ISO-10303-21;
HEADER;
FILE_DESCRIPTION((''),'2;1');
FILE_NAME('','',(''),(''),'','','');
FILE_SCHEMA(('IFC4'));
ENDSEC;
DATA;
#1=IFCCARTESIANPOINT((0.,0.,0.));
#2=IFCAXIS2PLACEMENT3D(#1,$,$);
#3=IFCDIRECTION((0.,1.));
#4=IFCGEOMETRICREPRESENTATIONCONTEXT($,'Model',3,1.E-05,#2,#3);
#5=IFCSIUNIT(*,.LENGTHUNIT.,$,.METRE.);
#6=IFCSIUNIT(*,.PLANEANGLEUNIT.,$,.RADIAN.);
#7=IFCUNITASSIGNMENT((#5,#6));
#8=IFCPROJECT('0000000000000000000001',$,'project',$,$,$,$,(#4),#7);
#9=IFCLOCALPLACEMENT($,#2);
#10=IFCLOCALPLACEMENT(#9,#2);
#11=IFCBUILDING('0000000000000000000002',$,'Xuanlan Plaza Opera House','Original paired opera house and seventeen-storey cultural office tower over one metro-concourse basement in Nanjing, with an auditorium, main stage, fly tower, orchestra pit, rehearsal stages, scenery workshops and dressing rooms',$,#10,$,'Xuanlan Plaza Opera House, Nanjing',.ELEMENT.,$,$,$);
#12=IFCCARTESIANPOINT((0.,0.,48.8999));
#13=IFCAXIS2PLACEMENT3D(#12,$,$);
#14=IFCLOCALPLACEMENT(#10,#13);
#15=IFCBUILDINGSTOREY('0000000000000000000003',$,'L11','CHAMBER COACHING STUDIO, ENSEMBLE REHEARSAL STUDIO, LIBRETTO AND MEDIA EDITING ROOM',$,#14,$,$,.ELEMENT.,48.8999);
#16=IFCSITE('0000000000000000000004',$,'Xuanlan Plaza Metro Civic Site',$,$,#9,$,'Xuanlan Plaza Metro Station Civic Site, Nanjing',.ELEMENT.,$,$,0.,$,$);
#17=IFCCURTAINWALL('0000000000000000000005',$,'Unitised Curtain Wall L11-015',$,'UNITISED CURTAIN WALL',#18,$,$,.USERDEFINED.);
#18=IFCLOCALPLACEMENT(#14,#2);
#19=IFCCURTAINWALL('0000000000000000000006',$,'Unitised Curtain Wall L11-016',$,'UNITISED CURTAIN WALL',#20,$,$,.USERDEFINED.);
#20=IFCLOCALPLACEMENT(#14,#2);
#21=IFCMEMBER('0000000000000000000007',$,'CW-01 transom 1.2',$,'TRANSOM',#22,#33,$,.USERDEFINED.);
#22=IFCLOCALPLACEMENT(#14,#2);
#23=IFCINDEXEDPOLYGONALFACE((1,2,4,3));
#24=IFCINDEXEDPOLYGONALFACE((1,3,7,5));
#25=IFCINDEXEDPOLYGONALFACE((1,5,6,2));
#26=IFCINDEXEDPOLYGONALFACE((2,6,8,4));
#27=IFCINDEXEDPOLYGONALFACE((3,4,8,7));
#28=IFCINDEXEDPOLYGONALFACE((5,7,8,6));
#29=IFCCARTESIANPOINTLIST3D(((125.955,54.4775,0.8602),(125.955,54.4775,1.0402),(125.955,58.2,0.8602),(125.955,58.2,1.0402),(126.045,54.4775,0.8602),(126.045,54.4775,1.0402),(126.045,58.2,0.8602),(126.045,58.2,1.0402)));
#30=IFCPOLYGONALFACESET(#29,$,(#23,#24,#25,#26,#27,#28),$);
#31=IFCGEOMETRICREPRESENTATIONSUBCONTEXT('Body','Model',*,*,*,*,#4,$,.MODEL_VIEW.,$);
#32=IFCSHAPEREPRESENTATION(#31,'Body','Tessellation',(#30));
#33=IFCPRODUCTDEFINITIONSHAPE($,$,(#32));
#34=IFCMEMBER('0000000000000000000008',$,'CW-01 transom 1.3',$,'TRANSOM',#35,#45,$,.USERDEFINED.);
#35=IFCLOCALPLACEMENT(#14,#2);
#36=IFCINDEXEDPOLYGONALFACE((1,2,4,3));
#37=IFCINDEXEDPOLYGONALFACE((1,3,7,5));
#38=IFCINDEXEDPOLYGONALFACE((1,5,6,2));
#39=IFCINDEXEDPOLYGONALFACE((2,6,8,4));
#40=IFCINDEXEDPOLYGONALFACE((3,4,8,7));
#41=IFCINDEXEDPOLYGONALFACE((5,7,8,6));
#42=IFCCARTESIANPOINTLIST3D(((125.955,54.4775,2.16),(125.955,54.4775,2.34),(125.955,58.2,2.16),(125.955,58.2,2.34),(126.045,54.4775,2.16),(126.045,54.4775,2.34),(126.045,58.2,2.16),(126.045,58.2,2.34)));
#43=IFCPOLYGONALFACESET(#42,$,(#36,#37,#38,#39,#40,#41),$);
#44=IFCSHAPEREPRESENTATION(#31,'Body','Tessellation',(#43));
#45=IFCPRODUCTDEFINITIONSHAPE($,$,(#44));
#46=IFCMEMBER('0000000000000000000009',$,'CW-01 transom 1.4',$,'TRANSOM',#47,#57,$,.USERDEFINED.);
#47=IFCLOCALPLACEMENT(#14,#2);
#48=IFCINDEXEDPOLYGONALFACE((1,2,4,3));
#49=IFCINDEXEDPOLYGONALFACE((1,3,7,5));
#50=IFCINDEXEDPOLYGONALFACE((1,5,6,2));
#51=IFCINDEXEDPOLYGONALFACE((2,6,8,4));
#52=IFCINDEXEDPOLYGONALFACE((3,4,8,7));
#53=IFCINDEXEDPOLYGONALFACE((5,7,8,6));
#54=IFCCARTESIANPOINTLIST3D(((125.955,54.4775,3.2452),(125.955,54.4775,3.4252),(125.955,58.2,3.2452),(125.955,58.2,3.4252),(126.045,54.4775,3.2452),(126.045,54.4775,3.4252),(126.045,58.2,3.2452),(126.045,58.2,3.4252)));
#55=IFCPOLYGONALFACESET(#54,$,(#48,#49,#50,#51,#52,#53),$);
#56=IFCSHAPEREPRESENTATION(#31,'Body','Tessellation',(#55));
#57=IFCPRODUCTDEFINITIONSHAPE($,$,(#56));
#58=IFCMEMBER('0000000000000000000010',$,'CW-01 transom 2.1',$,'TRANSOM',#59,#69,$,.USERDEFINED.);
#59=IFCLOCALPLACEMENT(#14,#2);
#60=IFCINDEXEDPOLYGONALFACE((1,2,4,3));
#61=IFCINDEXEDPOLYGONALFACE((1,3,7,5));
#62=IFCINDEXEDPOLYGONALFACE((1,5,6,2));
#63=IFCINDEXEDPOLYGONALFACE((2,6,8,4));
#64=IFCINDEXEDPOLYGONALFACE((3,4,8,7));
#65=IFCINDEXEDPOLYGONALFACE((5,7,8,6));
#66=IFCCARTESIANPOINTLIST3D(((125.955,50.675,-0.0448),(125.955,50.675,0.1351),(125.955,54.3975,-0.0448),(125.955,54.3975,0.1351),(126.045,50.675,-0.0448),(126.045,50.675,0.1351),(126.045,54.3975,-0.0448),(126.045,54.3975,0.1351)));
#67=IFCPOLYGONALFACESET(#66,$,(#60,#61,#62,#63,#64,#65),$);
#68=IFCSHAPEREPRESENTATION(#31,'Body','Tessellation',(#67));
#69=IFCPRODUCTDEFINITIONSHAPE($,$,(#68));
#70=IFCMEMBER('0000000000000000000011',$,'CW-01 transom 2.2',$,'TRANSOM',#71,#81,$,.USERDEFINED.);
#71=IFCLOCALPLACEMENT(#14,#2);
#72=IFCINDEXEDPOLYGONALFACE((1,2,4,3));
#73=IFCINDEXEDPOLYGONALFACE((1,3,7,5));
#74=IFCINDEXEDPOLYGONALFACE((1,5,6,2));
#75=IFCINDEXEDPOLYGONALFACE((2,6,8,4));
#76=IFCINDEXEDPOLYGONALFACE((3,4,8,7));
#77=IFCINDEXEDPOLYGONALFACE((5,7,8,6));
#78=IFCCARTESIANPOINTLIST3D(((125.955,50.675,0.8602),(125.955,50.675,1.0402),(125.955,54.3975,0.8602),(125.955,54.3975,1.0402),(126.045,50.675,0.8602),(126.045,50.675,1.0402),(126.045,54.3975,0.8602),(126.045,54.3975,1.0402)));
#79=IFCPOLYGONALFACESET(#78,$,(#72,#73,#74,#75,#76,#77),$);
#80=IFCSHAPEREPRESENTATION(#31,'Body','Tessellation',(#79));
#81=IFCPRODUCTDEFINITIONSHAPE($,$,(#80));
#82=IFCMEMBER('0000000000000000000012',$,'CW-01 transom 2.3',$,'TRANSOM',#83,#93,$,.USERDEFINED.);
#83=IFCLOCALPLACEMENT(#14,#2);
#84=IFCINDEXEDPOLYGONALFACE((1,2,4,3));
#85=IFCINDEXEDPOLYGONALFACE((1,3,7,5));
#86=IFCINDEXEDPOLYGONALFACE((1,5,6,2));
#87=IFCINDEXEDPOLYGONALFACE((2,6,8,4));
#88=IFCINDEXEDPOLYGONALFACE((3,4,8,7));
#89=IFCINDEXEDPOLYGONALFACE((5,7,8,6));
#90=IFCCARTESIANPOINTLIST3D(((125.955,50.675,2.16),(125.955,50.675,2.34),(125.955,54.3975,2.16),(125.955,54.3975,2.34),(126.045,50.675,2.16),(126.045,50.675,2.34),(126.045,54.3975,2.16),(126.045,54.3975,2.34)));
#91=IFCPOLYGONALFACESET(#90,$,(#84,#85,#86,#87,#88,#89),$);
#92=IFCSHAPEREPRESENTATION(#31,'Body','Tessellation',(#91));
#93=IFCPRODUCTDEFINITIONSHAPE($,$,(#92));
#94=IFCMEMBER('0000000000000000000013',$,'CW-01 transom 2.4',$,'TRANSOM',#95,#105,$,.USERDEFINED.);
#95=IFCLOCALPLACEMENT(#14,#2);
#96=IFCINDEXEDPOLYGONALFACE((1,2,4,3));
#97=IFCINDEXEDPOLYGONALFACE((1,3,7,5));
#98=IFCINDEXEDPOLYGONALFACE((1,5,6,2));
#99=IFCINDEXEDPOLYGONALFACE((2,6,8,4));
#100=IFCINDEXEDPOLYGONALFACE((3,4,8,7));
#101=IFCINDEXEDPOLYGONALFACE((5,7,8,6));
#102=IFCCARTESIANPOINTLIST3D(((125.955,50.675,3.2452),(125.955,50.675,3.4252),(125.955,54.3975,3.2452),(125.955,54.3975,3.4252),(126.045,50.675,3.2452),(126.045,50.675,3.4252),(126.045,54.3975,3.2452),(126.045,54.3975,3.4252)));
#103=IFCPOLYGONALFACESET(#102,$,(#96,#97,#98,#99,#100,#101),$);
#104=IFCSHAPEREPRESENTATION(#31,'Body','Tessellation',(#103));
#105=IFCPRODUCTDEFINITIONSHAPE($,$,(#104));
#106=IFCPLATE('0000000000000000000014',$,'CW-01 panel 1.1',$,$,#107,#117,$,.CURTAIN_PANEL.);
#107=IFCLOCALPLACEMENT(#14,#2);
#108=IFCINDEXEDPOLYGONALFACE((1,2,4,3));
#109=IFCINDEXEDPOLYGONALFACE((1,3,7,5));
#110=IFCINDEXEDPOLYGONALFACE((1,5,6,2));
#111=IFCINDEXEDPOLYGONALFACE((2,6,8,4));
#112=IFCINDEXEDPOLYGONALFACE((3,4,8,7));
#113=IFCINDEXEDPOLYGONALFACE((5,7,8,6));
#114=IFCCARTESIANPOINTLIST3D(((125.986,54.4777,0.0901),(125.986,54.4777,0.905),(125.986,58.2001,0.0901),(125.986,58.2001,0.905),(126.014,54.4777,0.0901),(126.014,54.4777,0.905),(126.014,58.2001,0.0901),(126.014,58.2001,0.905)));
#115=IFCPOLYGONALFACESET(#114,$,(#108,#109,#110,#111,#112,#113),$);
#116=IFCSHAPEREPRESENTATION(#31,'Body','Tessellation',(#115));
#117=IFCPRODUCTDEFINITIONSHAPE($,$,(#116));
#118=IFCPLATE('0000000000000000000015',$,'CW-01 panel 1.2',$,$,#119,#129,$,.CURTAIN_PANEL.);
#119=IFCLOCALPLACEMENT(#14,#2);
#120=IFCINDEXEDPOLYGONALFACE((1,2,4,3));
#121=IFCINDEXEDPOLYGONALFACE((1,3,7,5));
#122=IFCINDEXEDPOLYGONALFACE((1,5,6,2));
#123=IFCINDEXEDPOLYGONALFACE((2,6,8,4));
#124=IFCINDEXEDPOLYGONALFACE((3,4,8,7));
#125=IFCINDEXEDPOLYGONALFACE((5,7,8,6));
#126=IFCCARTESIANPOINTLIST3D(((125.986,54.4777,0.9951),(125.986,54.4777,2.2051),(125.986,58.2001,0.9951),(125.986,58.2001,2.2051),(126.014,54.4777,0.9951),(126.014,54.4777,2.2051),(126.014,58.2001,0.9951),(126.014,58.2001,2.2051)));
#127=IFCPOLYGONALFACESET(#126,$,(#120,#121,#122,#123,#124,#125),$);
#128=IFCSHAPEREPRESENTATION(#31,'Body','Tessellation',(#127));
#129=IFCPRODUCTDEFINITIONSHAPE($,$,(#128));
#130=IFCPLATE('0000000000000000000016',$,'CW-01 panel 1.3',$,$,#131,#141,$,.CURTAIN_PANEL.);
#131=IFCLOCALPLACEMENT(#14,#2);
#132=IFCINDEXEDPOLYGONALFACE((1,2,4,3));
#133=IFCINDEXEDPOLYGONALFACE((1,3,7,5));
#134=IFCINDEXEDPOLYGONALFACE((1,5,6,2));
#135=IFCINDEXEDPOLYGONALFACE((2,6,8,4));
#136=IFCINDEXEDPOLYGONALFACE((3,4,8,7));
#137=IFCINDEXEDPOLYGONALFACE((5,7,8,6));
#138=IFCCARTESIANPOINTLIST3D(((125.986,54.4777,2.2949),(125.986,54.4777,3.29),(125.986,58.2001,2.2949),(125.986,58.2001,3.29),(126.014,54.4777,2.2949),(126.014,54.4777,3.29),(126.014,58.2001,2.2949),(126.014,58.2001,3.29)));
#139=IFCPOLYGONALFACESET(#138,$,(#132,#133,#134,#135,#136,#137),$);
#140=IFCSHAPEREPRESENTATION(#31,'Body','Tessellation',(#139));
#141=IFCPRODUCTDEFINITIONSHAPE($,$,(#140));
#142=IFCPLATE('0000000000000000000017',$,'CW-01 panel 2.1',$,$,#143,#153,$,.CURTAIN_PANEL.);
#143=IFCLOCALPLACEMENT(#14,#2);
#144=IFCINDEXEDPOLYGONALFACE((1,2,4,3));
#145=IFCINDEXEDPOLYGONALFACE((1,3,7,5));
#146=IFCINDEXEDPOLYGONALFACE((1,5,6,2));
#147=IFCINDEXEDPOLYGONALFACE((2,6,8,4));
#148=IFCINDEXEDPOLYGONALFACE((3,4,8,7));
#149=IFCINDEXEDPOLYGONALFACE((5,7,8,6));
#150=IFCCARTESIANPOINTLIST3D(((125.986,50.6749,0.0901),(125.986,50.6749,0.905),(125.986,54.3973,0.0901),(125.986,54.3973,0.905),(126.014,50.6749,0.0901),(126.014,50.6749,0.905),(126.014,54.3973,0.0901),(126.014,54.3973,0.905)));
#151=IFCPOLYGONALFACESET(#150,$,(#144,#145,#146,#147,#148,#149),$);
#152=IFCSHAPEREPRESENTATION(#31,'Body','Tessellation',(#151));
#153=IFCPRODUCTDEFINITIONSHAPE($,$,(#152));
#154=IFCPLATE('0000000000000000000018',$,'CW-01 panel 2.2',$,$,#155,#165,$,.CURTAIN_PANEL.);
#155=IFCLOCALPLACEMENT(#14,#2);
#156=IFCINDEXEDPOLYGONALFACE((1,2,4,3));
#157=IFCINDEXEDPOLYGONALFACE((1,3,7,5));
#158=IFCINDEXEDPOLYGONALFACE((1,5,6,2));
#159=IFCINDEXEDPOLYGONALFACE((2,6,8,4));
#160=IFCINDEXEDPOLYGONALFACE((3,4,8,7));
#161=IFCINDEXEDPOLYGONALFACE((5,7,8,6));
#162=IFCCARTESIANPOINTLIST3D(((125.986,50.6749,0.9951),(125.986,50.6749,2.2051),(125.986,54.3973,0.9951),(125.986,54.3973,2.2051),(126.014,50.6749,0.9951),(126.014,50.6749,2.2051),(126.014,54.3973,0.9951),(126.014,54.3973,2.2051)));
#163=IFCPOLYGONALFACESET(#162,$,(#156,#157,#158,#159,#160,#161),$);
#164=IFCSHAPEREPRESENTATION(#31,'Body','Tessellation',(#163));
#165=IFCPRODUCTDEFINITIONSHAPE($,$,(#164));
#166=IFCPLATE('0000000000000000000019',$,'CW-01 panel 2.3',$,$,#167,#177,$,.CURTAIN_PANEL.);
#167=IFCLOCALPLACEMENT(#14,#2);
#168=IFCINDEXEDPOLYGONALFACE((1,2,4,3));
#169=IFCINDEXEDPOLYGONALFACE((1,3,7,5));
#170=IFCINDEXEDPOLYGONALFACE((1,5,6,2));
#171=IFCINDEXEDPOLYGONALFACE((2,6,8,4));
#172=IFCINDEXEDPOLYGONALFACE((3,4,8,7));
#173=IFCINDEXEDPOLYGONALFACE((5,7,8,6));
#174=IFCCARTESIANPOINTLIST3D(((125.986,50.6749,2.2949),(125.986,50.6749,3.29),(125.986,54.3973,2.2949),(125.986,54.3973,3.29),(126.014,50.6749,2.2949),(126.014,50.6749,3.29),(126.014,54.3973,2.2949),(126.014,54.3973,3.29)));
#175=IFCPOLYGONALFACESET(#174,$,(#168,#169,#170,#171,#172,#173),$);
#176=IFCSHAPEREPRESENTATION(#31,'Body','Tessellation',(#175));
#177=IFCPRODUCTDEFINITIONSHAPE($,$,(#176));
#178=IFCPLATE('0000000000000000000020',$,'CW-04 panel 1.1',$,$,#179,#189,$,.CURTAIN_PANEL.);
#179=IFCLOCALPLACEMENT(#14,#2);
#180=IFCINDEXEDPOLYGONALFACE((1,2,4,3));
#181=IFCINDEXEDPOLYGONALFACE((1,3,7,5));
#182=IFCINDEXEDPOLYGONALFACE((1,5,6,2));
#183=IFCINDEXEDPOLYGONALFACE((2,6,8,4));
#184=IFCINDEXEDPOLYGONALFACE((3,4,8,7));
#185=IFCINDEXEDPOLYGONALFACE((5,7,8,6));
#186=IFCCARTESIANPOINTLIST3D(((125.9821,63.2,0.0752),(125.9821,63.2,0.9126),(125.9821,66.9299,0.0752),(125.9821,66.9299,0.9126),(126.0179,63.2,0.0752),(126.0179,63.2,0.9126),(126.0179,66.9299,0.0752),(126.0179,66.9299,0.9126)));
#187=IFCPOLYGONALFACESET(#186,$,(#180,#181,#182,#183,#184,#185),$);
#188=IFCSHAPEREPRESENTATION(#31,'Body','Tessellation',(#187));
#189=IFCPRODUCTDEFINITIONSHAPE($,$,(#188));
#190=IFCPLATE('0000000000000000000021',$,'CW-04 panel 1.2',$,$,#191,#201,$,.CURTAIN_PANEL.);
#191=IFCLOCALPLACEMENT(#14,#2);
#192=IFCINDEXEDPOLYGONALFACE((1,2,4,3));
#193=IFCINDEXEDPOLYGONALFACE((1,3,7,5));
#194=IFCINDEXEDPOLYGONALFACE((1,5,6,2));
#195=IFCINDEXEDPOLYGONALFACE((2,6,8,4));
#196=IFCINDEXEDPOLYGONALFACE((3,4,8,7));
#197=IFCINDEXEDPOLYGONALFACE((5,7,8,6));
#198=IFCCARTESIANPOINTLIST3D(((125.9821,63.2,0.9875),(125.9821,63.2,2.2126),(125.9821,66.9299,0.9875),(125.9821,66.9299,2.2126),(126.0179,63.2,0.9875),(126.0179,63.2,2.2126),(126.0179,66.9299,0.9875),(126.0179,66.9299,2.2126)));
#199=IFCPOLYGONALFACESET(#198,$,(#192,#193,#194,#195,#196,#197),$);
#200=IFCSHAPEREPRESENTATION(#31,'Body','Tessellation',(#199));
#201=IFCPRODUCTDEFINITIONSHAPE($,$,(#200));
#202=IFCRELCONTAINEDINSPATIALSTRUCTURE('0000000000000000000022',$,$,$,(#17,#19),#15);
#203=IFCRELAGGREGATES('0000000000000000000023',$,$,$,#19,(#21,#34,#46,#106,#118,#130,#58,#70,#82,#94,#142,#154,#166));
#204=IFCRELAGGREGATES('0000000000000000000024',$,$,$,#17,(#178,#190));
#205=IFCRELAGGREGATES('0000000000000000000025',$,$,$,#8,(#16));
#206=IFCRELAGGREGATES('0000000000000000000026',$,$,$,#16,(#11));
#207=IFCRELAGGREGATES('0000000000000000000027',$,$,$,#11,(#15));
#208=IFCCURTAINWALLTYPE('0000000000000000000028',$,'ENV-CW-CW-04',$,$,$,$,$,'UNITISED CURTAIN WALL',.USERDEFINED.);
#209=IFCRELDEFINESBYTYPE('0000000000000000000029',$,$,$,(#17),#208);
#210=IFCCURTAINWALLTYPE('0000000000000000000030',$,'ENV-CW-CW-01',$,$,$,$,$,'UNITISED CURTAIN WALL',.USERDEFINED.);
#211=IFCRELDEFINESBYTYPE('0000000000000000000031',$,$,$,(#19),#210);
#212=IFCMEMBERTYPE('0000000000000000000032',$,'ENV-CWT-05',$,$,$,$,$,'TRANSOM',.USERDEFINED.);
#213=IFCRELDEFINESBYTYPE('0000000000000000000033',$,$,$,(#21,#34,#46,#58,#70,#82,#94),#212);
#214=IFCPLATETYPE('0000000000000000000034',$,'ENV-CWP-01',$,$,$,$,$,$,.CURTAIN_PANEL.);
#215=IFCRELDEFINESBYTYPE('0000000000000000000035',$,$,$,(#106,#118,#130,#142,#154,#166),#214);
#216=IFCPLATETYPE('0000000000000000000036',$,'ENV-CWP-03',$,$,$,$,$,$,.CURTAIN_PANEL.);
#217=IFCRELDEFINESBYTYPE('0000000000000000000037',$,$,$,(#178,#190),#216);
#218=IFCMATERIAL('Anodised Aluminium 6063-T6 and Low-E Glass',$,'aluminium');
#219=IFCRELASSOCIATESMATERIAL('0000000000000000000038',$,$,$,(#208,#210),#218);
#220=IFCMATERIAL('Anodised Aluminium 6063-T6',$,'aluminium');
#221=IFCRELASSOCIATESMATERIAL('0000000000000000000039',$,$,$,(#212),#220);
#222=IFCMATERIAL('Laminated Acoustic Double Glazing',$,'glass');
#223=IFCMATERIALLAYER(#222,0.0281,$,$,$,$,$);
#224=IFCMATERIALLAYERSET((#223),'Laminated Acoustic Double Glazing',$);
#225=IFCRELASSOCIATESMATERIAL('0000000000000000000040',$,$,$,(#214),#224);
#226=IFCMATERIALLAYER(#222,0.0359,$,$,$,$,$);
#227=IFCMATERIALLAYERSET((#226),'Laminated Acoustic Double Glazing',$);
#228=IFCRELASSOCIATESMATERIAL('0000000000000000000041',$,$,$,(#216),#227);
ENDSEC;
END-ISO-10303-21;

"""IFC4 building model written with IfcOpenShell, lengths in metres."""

from ifc_helpers import new_model, si_unit, direction, frame, origin, origin_2d, place, context, subcontext, project, spatial, rectangle, extrude, material, layer, layer_set, material_profile, profile_set, type_object, element, aggregate, save


model = new_model("IFC4")

# Units and contexts
model_context = context("Model", 3, precision=1e-05, world=origin(), true_north=direction((0.0, 1.0)))
body_context = subcontext(model_context, "Body", "Model", "MODEL_VIEW")
ifc_project = project(units=[si_unit("LENGTHUNIT", "METRE"), si_unit("PLANEANGLEUNIT", "RADIAN")], contexts=[model_context])

# Site, building, storey
site_placement = place(None, origin())
site = spatial("IfcSite", under=ifc_project, at=site_placement, Name="Xuanlan Plaza Metro Civic Site", LongName="Xuanlan Plaza Metro Station Civic Site, Nanjing", CompositionType="ELEMENT", RefElevation=0.0)
building_placement = place(site_placement, origin())
building = spatial("IfcBuilding", under=site, at=building_placement, Name="Xuanlan Plaza Opera House", Description="Original paired opera house and seventeen-storey cultural office tower over one metro-concourse basement in Nanjing, with an auditorium, main stage, fly tower, orchestra pit, rehearsal stages, scenery workshops and dressing rooms", LongName="Xuanlan Plaza Opera House, Nanjing", CompositionType="ELEMENT")
storey_placement = place(building_placement, frame((0.0, 0.0, 48.8999)))
storey = spatial("IfcBuildingStorey", under=building, at=storey_placement, Name="L11", Description="CHAMBER COACHING STUDIO, ENSEMBLE REHEARSAL STUDIO, LIBRETTO AND MEDIA EDITING ROOM", CompositionType="ELEMENT", Elevation=48.8999)

# Curtain walls
ifc_material_1 = material(Name="Anodised Aluminium 6063-T6 and Low-E Glass", Category="aluminium")
curtain_wall_type_1 = type_object("IfcCurtainWallType", Name="ENV-CW-CW-04", ElementType="UNITISED CURTAIN WALL", PredefinedType="USERDEFINED", material=ifc_material_1)
curtain_wall_1_placement = place(storey_placement, origin())
curtain_wall_1 = element("IfcCurtainWall", 1, at=curtain_wall_1_placement, inside=storey, type_object=curtain_wall_type_1, Name="Unitised Curtain Wall L11-015", ObjectType="UNITISED CURTAIN WALL", PredefinedType="USERDEFINED")
ifc_material_2 = material(Name="Anodised Aluminium 6063-T6", Category="aluminium")
curtain_wall_type_2 = type_object("IfcCurtainWallType", Name="ENV-CW-CW-01", ElementType="UNITISED CURTAIN WALL", PredefinedType="USERDEFINED", material=ifc_material_1)
curtain_wall_2_placement = place(storey_placement, origin())
curtain_wall_2 = element("IfcCurtainWall", 2, at=curtain_wall_2_placement, inside=storey, type_object=curtain_wall_type_2, Name="Unitised Curtain Wall L11-016", ObjectType="UNITISED CURTAIN WALL", PredefinedType="USERDEFINED")

# Members
ifc_material_profile_1 = material_profile(ifc_material_2, rectangle(XDim=0.0901, YDim=0.1799, at=origin_2d()), Name="ALU-T 90x180")
ifc_profile_set_1 = profile_set([ifc_material_profile_1], Name="Anodised Aluminium 6063-T6")
member_type_1 = type_object("IfcMemberType", Name="ENV-CWT-05", ElementType="TRANSOM", PredefinedType="USERDEFINED", material=ifc_profile_set_1)
member_1_placement = place(storey_placement, frame((126.0, 58.2, 0.9502), z_axis=(0.0, -1.0, 0.0), x_axis=(1.0, 0.0, 0.0)))
member_1 = element("IfcMember", 3, at=member_1_placement, type_object=member_type_1, Name="CW-01 transom 1.2", ObjectType="TRANSOM", PredefinedType="USERDEFINED", context=body_context, shape_type="SweptSolid", body=[
    extrude(rectangle(XDim=0.0901, YDim=0.1799, at=origin_2d()), origin(), (0.0, 0.0, 1.0), 3.7224),
])
member_2_placement = place(storey_placement, frame((126.0, 58.2, 2.25), z_axis=(0.0, -1.0, 0.0), x_axis=(1.0, 0.0, 0.0)))
member_2 = element("IfcMember", 4, at=member_2_placement, type_object=member_type_1, Name="CW-01 transom 1.3", ObjectType="TRANSOM", PredefinedType="USERDEFINED", context=body_context, shape_type="SweptSolid", body=[
    extrude(rectangle(XDim=0.0901, YDim=0.1799, at=origin_2d()), origin(), (0.0, 0.0, 1.0), 3.7224),
])
member_3_placement = place(storey_placement, frame((126.0, 58.2, 3.3352), z_axis=(0.0, -1.0, 0.0), x_axis=(1.0, 0.0, 0.0)))
member_3 = element("IfcMember", 5, at=member_3_placement, type_object=member_type_1, Name="CW-01 transom 1.4", ObjectType="TRANSOM", PredefinedType="USERDEFINED", context=body_context, shape_type="SweptSolid", body=[
    extrude(rectangle(XDim=0.0901, YDim=0.1799, at=origin_2d()), origin(), (0.0, 0.0, 1.0), 3.7224),
])
member_4_placement = place(storey_placement, frame((126.0, 54.3975, 0.0452), z_axis=(0.0, -1.0, 0.0), x_axis=(1.0, 0.0, 0.0)))
member_4 = element("IfcMember", 6, at=member_4_placement, type_object=member_type_1, Name="CW-01 transom 2.1", ObjectType="TRANSOM", PredefinedType="USERDEFINED", context=body_context, shape_type="SweptSolid", body=[
    extrude(rectangle(XDim=0.0901, YDim=0.1799, at=origin_2d()), origin(), (0.0, 0.0, 1.0), 3.7224),
])
member_5_placement = place(storey_placement, frame((126.0, 54.3975, 0.9502), z_axis=(0.0, -1.0, 0.0), x_axis=(1.0, 0.0, 0.0)))
member_5 = element("IfcMember", 7, at=member_5_placement, type_object=member_type_1, Name="CW-01 transom 2.2", ObjectType="TRANSOM", PredefinedType="USERDEFINED", context=body_context, shape_type="SweptSolid", body=[
    extrude(rectangle(XDim=0.0901, YDim=0.1799, at=origin_2d()), origin(), (0.0, 0.0, 1.0), 3.7224),
])
member_6_placement = place(storey_placement, frame((126.0, 54.3975, 2.25), z_axis=(0.0, -1.0, 0.0), x_axis=(1.0, 0.0, 0.0)))
member_6 = element("IfcMember", 8, at=member_6_placement, type_object=member_type_1, Name="CW-01 transom 2.3", ObjectType="TRANSOM", PredefinedType="USERDEFINED", context=body_context, shape_type="SweptSolid", body=[
    extrude(rectangle(XDim=0.0901, YDim=0.1799, at=origin_2d()), origin(), (0.0, 0.0, 1.0), 3.7224),
])
member_7_placement = place(storey_placement, frame((126.0, 54.3975, 3.3352), z_axis=(0.0, -1.0, 0.0), x_axis=(1.0, 0.0, 0.0)))
member_7 = element("IfcMember", 9, at=member_7_placement, type_object=member_type_1, Name="CW-01 transom 2.4", ObjectType="TRANSOM", PredefinedType="USERDEFINED", context=body_context, shape_type="SweptSolid", body=[
    extrude(rectangle(XDim=0.0901, YDim=0.1799, at=origin_2d()), origin(), (0.0, 0.0, 1.0), 3.7224),
])

# Plates
ifc_material_3 = material(Name="Laminated Acoustic Double Glazing", Category="glass")
ifc_layer_1 = layer(ifc_material_3, 0.0281)
ifc_layer_set_1 = layer_set([ifc_layer_1], Name="Laminated Acoustic Double Glazing")
plate_type_1 = type_object("IfcPlateType", Name="ENV-CWP-01", PredefinedType="CURTAIN_PANEL", material=ifc_layer_set_1)
plate_1_placement = place(storey_placement, frame((126.0, 56.3389, 0.0901), z_axis=(0.0, 0.0, 1.0), x_axis=(0.0, -1.0, 0.0)))
plate_1 = element("IfcPlate", 10, at=plate_1_placement, type_object=plate_type_1, Name="CW-01 panel 1.1", PredefinedType="CURTAIN_PANEL", context=body_context, shape_type="SweptSolid", body=[
    extrude(rectangle(XDim=3.7224, YDim=0.0281, at=origin_2d()), origin(), (0.0, 0.0, 1.0), 0.8149),
])
plate_2_placement = place(storey_placement, frame((126.0, 56.3389, 0.9951), z_axis=(0.0, 0.0, 1.0), x_axis=(0.0, -1.0, 0.0)))
plate_2 = element("IfcPlate", 11, at=plate_2_placement, type_object=plate_type_1, Name="CW-01 panel 1.2", PredefinedType="CURTAIN_PANEL", context=body_context, shape_type="SweptSolid", body=[
    extrude(rectangle(XDim=3.7224, YDim=0.0281, at=origin_2d()), origin(), (0.0, 0.0, 1.0), 1.21),
])
plate_3_placement = place(storey_placement, frame((126.0, 56.3389, 2.2949), z_axis=(0.0, 0.0, 1.0), x_axis=(0.0, -1.0, 0.0)))
plate_3 = element("IfcPlate", 12, at=plate_3_placement, type_object=plate_type_1, Name="CW-01 panel 1.3", PredefinedType="CURTAIN_PANEL", context=body_context, shape_type="SweptSolid", body=[
    extrude(rectangle(XDim=3.7224, YDim=0.0281, at=origin_2d()), origin(), (0.0, 0.0, 1.0), 0.9951),
])
plate_4_placement = place(storey_placement, frame((126.0, 52.5361, 0.0901), z_axis=(0.0, 0.0, 1.0), x_axis=(0.0, -1.0, 0.0)))
plate_4 = element("IfcPlate", 13, at=plate_4_placement, type_object=plate_type_1, Name="CW-01 panel 2.1", PredefinedType="CURTAIN_PANEL", context=body_context, shape_type="SweptSolid", body=[
    extrude(rectangle(XDim=3.7224, YDim=0.0281, at=origin_2d()), origin(), (0.0, 0.0, 1.0), 0.8149),
])
plate_5_placement = place(storey_placement, frame((126.0, 52.5361, 0.9951), z_axis=(0.0, 0.0, 1.0), x_axis=(0.0, -1.0, 0.0)))
plate_5 = element("IfcPlate", 14, at=plate_5_placement, type_object=plate_type_1, Name="CW-01 panel 2.2", PredefinedType="CURTAIN_PANEL", context=body_context, shape_type="SweptSolid", body=[
    extrude(rectangle(XDim=3.7224, YDim=0.0281, at=origin_2d()), origin(), (0.0, 0.0, 1.0), 1.21),
])
plate_6_placement = place(storey_placement, frame((126.0, 52.5361, 2.2949), z_axis=(0.0, 0.0, 1.0), x_axis=(0.0, -1.0, 0.0)))
plate_6 = element("IfcPlate", 15, at=plate_6_placement, type_object=plate_type_1, Name="CW-01 panel 2.3", PredefinedType="CURTAIN_PANEL", context=body_context, shape_type="SweptSolid", body=[
    extrude(rectangle(XDim=3.7224, YDim=0.0281, at=origin_2d()), origin(), (0.0, 0.0, 1.0), 0.9951),
])
aggregate(curtain_wall_2, [member_1, member_2, member_3, plate_1, plate_2, plate_3, member_4, member_5, member_6, member_7, plate_4, plate_5, plate_6])
ifc_layer_2 = layer(ifc_material_3, 0.0359)
ifc_layer_set_2 = layer_set([ifc_layer_2], Name="Laminated Acoustic Double Glazing")
plate_type_2 = type_object("IfcPlateType", Name="ENV-CWP-03", PredefinedType="CURTAIN_PANEL", material=ifc_layer_set_2)
plate_7_placement = place(storey_placement, frame((126.0, 65.0649, 0.0752), z_axis=(0.0, 0.0, 1.0), x_axis=(0.0, -1.0, 0.0)))
plate_7 = element("IfcPlate", 16, at=plate_7_placement, type_object=plate_type_2, Name="CW-04 panel 1.1", PredefinedType="CURTAIN_PANEL", context=body_context, shape_type="SweptSolid", body=[
    extrude(rectangle(XDim=3.73, YDim=0.0359, at=origin_2d()), origin(), (0.0, 0.0, 1.0), 0.8374),
])
plate_8_placement = place(storey_placement, frame((126.0, 65.0649, 0.9875), z_axis=(0.0, 0.0, 1.0), x_axis=(0.0, -1.0, 0.0)))
plate_8 = element("IfcPlate", 17, at=plate_8_placement, type_object=plate_type_2, Name="CW-04 panel 1.2", PredefinedType="CURTAIN_PANEL", context=body_context, shape_type="SweptSolid", body=[
    extrude(rectangle(XDim=3.73, YDim=0.0359, at=origin_2d()), origin(), (0.0, 0.0, 1.0), 1.2251),
])
aggregate(curtain_wall_1, [plate_7, plate_8])

save(model, "model.ifc")
